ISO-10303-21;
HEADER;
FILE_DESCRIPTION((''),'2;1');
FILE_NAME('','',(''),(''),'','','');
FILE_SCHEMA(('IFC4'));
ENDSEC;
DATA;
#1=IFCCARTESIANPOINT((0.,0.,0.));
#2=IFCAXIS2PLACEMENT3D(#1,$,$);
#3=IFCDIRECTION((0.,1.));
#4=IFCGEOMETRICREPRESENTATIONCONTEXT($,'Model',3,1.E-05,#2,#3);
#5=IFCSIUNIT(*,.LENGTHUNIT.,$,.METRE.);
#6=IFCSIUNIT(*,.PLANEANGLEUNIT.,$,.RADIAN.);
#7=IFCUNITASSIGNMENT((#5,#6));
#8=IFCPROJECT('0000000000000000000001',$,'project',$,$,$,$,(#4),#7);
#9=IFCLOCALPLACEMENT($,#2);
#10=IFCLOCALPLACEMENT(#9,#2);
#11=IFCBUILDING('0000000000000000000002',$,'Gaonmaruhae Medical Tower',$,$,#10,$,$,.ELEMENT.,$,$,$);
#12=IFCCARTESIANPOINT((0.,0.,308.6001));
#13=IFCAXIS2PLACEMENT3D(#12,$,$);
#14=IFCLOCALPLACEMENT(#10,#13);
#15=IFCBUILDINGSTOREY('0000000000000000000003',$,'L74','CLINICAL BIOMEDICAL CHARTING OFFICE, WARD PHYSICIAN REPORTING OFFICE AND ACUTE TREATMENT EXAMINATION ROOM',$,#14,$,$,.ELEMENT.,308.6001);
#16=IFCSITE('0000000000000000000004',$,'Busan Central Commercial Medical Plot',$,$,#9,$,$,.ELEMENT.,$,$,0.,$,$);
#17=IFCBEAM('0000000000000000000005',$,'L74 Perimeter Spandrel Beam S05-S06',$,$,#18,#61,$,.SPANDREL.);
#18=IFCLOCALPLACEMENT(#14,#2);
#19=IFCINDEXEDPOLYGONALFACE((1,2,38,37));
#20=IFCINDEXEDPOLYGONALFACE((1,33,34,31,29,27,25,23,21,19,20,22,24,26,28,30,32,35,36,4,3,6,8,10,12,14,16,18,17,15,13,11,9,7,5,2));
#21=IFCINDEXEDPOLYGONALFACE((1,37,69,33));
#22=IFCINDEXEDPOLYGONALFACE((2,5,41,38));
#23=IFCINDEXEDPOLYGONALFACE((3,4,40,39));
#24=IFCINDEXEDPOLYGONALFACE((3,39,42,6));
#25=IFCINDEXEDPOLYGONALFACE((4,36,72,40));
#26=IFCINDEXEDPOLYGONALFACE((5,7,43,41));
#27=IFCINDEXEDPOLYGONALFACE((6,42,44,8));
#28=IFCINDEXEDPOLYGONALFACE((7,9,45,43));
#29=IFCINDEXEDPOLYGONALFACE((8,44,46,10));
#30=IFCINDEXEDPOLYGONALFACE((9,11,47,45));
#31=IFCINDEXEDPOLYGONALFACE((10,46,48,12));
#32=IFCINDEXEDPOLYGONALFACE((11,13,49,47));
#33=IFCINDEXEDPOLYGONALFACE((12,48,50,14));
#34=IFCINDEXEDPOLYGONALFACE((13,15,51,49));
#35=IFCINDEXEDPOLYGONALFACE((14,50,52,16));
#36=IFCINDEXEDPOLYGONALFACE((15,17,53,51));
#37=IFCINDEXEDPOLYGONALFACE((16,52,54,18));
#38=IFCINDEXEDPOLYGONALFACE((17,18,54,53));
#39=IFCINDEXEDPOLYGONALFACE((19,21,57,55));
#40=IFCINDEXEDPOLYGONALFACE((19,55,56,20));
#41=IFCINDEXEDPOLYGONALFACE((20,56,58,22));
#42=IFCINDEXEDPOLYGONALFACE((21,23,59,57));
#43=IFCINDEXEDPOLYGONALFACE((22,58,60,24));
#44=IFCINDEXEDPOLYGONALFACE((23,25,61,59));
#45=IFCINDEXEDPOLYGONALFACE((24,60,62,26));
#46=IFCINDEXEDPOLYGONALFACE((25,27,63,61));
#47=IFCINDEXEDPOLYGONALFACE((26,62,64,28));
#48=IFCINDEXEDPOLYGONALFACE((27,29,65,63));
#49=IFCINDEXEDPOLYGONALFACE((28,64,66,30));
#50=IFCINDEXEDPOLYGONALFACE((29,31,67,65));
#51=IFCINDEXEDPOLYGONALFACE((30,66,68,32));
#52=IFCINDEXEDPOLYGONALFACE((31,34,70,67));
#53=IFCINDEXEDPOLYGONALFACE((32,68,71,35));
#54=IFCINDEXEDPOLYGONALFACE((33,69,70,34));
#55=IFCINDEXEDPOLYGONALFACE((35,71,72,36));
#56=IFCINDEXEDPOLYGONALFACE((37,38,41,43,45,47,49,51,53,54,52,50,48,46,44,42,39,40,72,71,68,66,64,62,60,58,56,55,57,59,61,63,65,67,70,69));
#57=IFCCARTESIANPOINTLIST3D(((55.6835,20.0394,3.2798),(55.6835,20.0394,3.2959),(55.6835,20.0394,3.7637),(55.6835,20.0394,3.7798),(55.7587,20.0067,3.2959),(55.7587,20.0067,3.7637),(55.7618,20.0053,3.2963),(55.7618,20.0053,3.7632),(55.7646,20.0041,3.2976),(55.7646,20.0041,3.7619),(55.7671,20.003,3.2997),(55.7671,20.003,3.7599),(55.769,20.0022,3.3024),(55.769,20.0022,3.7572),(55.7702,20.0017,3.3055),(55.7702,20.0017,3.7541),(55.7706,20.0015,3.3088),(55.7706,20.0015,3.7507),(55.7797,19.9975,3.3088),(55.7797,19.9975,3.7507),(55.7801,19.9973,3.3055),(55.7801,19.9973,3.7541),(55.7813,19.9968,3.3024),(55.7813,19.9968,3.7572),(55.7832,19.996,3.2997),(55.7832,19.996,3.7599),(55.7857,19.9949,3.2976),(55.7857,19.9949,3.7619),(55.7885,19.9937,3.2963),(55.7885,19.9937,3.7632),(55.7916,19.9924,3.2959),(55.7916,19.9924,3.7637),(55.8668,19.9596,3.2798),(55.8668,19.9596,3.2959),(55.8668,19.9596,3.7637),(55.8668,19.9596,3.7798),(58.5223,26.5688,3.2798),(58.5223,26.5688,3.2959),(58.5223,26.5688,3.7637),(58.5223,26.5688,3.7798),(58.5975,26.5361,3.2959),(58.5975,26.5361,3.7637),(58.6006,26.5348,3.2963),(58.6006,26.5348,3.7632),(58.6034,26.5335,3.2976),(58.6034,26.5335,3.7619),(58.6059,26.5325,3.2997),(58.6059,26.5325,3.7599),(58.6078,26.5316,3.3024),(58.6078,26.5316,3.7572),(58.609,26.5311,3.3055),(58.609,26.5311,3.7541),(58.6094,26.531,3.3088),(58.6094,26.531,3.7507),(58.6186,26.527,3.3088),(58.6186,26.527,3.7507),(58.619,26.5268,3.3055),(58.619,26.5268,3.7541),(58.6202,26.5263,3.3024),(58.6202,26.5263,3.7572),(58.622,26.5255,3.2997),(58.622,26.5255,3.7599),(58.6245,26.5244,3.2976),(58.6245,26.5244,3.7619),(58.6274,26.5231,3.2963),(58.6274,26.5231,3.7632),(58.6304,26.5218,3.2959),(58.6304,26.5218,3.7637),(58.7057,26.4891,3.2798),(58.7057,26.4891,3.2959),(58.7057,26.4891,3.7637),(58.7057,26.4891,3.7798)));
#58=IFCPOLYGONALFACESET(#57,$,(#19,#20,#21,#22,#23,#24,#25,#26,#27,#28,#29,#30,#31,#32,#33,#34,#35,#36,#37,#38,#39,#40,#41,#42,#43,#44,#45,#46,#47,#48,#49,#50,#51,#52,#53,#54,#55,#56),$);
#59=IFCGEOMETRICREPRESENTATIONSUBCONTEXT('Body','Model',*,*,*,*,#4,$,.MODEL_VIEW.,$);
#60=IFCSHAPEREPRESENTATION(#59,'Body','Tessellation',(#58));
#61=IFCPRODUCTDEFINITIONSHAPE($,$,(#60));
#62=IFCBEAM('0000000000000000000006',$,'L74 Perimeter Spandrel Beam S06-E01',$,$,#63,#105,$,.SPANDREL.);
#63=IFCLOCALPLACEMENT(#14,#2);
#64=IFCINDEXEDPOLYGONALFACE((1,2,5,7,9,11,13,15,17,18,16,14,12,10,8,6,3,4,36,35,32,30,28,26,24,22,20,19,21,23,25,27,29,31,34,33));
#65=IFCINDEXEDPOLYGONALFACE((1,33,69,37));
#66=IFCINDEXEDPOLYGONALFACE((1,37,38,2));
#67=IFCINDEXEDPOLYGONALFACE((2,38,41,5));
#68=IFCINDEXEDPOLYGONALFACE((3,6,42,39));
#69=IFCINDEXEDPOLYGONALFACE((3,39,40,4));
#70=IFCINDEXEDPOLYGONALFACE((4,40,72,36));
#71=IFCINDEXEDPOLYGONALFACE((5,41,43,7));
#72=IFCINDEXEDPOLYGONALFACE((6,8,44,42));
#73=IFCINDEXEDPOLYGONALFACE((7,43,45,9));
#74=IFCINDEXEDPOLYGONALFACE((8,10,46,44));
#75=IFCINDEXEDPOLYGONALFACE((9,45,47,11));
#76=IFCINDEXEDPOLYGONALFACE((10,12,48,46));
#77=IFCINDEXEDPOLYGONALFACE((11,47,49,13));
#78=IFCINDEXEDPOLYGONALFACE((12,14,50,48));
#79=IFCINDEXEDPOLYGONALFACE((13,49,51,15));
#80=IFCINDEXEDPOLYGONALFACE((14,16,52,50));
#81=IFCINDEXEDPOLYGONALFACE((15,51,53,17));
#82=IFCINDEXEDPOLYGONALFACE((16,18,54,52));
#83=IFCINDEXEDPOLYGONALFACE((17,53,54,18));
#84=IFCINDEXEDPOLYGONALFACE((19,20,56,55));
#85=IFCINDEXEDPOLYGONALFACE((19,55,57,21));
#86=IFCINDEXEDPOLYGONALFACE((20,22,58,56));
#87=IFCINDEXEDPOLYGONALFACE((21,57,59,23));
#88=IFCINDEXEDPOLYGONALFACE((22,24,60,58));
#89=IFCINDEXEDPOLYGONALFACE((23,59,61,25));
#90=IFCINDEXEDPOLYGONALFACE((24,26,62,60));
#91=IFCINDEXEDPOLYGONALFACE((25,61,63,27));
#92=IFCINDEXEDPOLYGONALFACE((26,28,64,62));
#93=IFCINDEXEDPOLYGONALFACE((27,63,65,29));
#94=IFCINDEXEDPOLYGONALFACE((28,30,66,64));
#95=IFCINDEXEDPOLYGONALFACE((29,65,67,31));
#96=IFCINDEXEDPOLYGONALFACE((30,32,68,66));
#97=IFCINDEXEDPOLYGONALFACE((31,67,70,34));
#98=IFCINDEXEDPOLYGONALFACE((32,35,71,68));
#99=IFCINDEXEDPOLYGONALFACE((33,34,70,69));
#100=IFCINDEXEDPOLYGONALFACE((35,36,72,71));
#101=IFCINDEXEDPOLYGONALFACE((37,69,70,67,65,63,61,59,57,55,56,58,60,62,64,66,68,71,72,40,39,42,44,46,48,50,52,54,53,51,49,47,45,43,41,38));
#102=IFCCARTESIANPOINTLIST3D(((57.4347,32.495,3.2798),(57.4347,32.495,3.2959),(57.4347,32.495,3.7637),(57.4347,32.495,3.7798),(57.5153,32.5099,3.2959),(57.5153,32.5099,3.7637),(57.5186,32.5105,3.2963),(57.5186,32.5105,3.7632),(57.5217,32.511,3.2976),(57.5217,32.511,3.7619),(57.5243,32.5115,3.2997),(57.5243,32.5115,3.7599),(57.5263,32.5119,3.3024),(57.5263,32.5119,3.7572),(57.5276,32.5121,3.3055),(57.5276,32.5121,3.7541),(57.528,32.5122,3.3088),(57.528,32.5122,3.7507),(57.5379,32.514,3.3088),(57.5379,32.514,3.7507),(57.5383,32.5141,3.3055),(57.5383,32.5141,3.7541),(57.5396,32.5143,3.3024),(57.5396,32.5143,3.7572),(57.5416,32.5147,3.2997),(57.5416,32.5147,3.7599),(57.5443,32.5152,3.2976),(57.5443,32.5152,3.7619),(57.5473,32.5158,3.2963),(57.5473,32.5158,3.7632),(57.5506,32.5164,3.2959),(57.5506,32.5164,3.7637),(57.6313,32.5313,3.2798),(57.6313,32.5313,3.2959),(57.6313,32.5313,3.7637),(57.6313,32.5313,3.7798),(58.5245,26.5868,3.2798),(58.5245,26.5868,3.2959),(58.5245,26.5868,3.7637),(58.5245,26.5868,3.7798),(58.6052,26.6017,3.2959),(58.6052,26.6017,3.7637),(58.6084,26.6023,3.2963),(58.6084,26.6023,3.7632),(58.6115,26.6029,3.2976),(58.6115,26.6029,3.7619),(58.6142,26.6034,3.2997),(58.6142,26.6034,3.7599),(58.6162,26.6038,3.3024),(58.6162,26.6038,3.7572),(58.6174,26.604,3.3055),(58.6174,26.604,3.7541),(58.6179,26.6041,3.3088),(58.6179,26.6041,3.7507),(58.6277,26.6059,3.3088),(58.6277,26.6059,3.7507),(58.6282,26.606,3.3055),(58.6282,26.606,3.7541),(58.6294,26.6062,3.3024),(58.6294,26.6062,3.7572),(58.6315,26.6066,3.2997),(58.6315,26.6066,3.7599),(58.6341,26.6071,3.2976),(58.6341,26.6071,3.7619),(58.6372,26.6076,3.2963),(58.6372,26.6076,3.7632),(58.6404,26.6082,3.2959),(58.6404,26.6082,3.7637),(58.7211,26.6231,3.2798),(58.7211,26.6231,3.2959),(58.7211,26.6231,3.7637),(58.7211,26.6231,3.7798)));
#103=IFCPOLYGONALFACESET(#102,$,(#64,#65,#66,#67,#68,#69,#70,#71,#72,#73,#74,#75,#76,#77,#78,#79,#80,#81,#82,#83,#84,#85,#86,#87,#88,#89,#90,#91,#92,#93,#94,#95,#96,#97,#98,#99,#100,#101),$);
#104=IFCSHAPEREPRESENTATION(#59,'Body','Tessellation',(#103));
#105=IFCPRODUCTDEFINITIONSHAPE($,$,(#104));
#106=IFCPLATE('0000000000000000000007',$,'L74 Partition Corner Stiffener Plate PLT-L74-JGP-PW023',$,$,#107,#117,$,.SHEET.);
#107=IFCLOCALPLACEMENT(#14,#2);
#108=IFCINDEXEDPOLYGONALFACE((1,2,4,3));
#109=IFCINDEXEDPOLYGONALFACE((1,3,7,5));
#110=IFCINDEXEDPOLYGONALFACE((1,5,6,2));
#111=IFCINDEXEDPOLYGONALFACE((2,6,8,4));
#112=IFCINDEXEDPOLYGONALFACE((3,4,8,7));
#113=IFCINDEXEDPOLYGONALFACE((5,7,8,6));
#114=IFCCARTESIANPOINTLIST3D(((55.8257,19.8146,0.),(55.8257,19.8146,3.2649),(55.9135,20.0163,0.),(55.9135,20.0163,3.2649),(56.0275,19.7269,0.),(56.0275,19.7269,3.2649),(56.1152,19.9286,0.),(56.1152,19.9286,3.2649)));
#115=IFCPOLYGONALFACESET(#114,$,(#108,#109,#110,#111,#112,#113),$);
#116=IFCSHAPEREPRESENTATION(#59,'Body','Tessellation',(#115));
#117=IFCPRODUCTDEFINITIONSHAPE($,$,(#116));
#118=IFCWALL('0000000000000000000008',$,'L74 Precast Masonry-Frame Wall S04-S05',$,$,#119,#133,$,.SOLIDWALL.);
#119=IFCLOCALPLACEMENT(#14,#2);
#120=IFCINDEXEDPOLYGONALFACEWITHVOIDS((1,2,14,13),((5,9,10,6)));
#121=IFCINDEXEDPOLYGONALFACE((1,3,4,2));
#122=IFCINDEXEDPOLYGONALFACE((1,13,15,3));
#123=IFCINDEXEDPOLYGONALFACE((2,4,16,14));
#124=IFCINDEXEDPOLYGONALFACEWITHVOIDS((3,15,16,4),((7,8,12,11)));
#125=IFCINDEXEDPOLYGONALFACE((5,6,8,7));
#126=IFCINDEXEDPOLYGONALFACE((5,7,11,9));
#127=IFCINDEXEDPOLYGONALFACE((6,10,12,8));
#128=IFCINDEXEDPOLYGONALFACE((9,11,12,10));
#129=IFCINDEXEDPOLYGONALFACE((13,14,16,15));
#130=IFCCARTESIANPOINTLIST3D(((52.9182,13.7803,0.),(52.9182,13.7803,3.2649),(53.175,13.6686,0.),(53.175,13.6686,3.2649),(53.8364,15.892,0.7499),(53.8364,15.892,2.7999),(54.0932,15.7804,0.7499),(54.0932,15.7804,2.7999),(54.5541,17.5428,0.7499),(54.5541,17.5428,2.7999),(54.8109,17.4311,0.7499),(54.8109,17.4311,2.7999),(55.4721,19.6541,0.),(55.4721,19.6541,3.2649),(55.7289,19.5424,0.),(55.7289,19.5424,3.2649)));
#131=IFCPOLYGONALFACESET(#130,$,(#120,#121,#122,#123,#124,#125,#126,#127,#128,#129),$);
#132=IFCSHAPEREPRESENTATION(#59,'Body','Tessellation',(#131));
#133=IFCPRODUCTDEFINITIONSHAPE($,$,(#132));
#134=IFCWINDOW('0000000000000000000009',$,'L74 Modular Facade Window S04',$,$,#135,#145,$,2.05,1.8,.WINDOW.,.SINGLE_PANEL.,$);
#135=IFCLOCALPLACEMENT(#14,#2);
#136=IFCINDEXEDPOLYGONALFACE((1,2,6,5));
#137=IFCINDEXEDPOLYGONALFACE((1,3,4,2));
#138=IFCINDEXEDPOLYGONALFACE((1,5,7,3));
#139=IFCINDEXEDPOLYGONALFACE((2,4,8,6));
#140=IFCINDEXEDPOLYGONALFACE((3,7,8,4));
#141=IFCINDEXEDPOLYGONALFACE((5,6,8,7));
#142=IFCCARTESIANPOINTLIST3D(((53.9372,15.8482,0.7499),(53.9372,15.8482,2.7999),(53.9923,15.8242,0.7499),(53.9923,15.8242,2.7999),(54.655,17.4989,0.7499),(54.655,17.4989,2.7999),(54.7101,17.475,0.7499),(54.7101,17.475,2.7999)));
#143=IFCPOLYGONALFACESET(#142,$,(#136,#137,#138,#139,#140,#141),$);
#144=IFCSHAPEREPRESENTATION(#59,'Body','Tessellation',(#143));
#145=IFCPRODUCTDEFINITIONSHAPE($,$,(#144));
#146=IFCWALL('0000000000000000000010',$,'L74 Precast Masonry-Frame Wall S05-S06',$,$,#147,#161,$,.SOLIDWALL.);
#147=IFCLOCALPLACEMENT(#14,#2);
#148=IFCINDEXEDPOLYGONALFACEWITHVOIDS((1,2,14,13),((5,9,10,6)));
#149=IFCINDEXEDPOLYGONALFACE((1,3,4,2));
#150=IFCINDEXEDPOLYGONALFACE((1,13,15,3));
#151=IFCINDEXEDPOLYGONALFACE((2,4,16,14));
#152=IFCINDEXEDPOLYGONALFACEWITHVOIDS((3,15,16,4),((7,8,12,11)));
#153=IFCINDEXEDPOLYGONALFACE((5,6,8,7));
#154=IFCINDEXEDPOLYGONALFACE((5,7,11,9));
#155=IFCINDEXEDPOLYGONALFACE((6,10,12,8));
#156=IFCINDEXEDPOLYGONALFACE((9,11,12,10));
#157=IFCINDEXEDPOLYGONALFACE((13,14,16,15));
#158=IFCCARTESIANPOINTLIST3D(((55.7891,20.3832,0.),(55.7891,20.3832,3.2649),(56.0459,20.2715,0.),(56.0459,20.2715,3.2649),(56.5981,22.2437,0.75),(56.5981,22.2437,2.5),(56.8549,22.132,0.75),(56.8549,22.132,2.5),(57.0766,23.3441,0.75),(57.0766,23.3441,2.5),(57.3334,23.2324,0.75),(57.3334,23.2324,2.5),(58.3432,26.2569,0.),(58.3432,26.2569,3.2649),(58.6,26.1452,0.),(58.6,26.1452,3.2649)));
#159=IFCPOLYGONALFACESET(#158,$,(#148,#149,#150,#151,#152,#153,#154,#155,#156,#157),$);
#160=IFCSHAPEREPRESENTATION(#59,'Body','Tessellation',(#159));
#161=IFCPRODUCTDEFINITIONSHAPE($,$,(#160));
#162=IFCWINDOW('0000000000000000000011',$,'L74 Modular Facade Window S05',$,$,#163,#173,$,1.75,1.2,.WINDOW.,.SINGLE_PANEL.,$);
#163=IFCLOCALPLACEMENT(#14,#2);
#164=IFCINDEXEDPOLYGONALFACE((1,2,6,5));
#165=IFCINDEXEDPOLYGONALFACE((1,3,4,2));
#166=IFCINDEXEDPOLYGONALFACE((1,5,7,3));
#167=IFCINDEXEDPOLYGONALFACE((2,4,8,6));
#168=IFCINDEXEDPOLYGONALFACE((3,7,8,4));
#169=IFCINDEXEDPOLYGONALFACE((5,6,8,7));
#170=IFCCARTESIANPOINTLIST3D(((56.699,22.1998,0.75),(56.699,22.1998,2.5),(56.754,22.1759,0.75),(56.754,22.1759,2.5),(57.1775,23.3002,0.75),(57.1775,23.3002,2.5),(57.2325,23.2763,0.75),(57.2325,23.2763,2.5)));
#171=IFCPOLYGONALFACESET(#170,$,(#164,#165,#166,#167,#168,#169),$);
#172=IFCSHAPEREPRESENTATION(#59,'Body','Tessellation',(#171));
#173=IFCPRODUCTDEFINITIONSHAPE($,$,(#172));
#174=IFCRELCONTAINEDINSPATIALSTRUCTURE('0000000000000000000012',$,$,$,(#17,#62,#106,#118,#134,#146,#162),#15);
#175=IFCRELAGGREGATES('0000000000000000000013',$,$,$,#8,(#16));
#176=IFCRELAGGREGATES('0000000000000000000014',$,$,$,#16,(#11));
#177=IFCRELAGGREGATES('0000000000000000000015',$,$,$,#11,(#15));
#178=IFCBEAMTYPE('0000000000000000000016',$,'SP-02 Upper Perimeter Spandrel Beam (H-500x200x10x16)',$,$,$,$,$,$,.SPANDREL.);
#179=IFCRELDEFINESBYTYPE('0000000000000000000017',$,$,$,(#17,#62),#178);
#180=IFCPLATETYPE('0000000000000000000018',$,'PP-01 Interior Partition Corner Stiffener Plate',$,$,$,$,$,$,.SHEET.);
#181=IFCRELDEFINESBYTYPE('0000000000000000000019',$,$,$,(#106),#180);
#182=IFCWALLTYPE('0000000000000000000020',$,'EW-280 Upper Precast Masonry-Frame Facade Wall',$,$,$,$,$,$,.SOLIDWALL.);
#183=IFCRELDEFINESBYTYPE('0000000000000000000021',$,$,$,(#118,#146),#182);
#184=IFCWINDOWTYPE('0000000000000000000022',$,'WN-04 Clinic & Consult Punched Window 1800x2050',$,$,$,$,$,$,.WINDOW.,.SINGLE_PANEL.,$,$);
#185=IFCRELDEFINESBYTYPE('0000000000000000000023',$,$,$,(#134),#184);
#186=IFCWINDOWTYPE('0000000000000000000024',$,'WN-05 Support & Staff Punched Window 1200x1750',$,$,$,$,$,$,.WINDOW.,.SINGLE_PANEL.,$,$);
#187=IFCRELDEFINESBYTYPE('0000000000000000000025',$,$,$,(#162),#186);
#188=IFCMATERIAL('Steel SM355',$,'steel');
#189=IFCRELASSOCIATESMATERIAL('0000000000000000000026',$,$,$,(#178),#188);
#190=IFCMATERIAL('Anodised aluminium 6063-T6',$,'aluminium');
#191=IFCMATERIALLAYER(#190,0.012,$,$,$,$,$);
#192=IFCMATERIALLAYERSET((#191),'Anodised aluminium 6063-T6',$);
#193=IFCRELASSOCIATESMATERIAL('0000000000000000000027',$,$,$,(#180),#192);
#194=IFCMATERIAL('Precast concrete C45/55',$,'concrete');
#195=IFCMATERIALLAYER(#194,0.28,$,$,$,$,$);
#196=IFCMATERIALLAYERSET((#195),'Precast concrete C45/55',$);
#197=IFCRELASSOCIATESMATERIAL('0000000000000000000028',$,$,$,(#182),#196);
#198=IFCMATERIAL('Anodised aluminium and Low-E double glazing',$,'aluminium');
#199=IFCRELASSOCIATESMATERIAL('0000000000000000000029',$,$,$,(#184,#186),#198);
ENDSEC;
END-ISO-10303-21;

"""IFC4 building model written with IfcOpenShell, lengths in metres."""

from ifc_helpers import new_model, si_unit, direction, frame, frame_2d, origin, origin_2d, place, context, subcontext, project, spatial, rectangle, i_section, extrude, material, layer, layer_set, material_profile, profile_set, type_object, element, fill, save


model = new_model("IFC4")

# Units and contexts
model_context = context("Model", 3, precision=1e-05, world=origin(), true_north=direction((0.0, 1.0)))
body_context = subcontext(model_context, "Body", "Model", "MODEL_VIEW")
ifc_project = project(units=[si_unit("LENGTHUNIT", "METRE"), si_unit("PLANEANGLEUNIT", "RADIAN")], contexts=[model_context])

# Site, building, storey
site_placement = place(None, origin())
site = spatial("IfcSite", under=ifc_project, at=site_placement, Name="Busan Central Commercial Medical Plot", CompositionType="ELEMENT", RefElevation=0.0)
building_placement = place(site_placement, origin())
building = spatial("IfcBuilding", under=site, at=building_placement, Name="Gaonmaruhae Medical Tower", CompositionType="ELEMENT")
storey_placement = place(building_placement, frame((0.0, 0.0, 308.6001)))
storey = spatial("IfcBuildingStorey", under=building, at=storey_placement, Name="L74", Description="CLINICAL BIOMEDICAL CHARTING OFFICE, WARD PHYSICIAN REPORTING OFFICE AND ACUTE TREATMENT EXAMINATION ROOM", CompositionType="ELEMENT", Elevation=308.6001)

# Beams
ifc_material_1 = material(Name="Steel SM355", Category="steel")
ifc_material_profile_1 = material_profile(ifc_material_1, i_section(OverallWidth=0.2, OverallDepth=0.5, WebThickness=0.01, FlangeThickness=0.0161, FilletRadius=0.0129, at=origin_2d()), Name="H-500x200x10x16")
ifc_profile_set_1 = profile_set([ifc_material_profile_1], Name="Steel SM355")
beam_type_1 = type_object("IfcBeamType", Name="SP-02 Upper Perimeter Spandrel Beam (H-500x200x10x16)", PredefinedType="SPANDREL", material=ifc_profile_set_1)
beam_1_placement = place(storey_placement, frame((55.7751, 19.9995, 3.5298), z_axis=(0.398719, 0.917073, 0.0), x_axis=(-0.917073, 0.398719, 0.0)))
element("IfcBeam", 1, at=beam_1_placement, inside=storey, type_object=beam_type_1, Name="L74 Perimeter Spandrel Beam S05-S06", PredefinedType="SPANDREL", context=body_context, shape_type="SweptSolid", body=[
    extrude(i_section(OverallWidth=0.2, OverallDepth=0.5, WebThickness=0.01, FlangeThickness=0.0161, FilletRadius=0.0129, at=origin_2d()), origin(), (0.0, 0.0, 1.0), 7.1199),
])
beam_2_placement = place(storey_placement, frame((58.6228, 26.605, 3.5298), z_axis=(-0.181402, 0.983409, 0.0), x_axis=(-0.983409, -0.181402, 0.0)))
element("IfcBeam", 2, at=beam_2_placement, inside=storey, type_object=beam_type_1, Name="L74 Perimeter Spandrel Beam S06-E01", PredefinedType="SPANDREL", context=body_context, shape_type="SweptSolid", body=[
    extrude(i_section(OverallWidth=0.2, OverallDepth=0.5, WebThickness=0.01, FlangeThickness=0.0161, FilletRadius=0.0129, at=origin_2d()), origin(), (0.0, 0.0, 1.0), 6.0078),
])

# Plate
ifc_material_2 = material(Name="Anodised aluminium 6063-T6", Category="aluminium")
ifc_layer_1 = layer(ifc_material_2, 0.012)
ifc_layer_set_1 = layer_set([ifc_layer_1], Name="Anodised aluminium 6063-T6")
plate_type = type_object("IfcPlateType", Name="PP-01 Interior Partition Corner Stiffener Plate", PredefinedType="SHEET", material=ifc_layer_set_1)
plate_placement = place(storey_placement, frame((55.9705, 19.8716, 0.0), z_axis=(0.0, 0.0, 1.0), x_axis=(-0.398765, -0.917053, 0.0)))
element("IfcPlate", 3, at=plate_placement, inside=storey, type_object=plate_type, Name="L74 Partition Corner Stiffener Plate PLT-L74-JGP-PW023", PredefinedType="SHEET", context=body_context, shape_type="SweptSolid", body=[
    extrude(rectangle(XDim=0.22, YDim=0.22, at=origin_2d()), origin(), (0.0, 0.0, 1.0), 3.2649),
])

# Walls, openings, windows
ifc_material_3 = material(Name="Precast concrete C45/55", Category="concrete")
ifc_layer_2 = layer(ifc_material_3, 0.28)
ifc_layer_set_2 = layer_set([ifc_layer_2], Name="Precast concrete C45/55")
wall_type_1 = type_object("IfcWallType", Name="EW-280 Upper Precast Masonry-Frame Facade Wall", PredefinedType="SOLIDWALL", material=ifc_layer_set_2)
wall_1_placement = place(storey_placement, frame((55.6006, 19.5984, 0.0), z_axis=(0.0, 0.0, 1.0), x_axis=(-0.398744, -0.917062, 0.0)))
wall_1 = element("IfcWall", 4, at=wall_1_placement, inside=storey, type_object=wall_type_1, Name="L74 Precast Masonry-Frame Wall S04-S05", PredefinedType="SOLIDWALL", context=body_context, shape_type="SweptSolid", body=[
    extrude(rectangle(XDim=6.405, YDim=0.28, at=frame_2d((3.2026, 0.0))), origin(), (0.0, 0.0, 1.0), 3.2649),
])
opening_1_placement = place(wall_1_placement, frame((2.3025, 0.0, 0.75)))
opening_1 = element("IfcOpeningElement", 5, at=opening_1_placement, cuts=wall_1, PredefinedType="OPENING", context=body_context, shape_type="SweptSolid", body=[
    extrude(rectangle(XDim=1.8, YDim=2.05, at=frame_2d((0.8999, 1.0249))), frame((0.0, 0.1499, 0.0), z_axis=(0.0, -1.0, 0.0), x_axis=(1.0, 0.0, 0.0)), (0.0, 0.0, 1.0), 0.3),
])
ifc_material_4 = material(Name="Anodised aluminium and Low-E double glazing", Category="aluminium")
window_type_1 = type_object("IfcWindowType", Name="WN-04 Clinic & Consult Punched Window 1800x2050", PartitioningType="SINGLE_PANEL", PredefinedType="WINDOW", material=ifc_material_4)
window_1_placement = place(opening_1_placement, origin())
window_1 = element("IfcWindow", 6, at=window_1_placement, inside=storey, type_object=window_type_1, Name="L74 Modular Facade Window S04", OverallHeight=2.05, OverallWidth=1.8, PartitioningType="SINGLE_PANEL", PredefinedType="WINDOW", context=body_context, shape_type="SweptSolid", body=[
    extrude(rectangle(XDim=1.8, YDim=2.05, at=frame_2d((0.8999, 1.0249))), frame((0.0, 0.03, 0.0), z_axis=(0.0, -1.0, 0.0), x_axis=(1.0, 0.0, 0.0)), (0.0, 0.0, 1.0), 0.0601),
])
fill(opening_1, window_1)
wall_2_placement = place(storey_placement, frame((58.4717, 26.2012, 0.0), z_axis=(0.0, 0.0, 1.0), x_axis=(-0.398776, -0.917048, 0.0)))
wall_2 = element("IfcWall", 7, at=wall_2_placement, inside=storey, type_object=wall_type_1, Name="L74 Precast Masonry-Frame Wall S05-S06", PredefinedType="SOLIDWALL", context=body_context, shape_type="SweptSolid", body=[
    extrude(rectangle(XDim=6.405, YDim=0.28, at=frame_2d((3.2026, 0.0))), origin(), (0.0, 0.0, 1.0), 3.2649),
])
opening_2_placement = place(wall_2_placement, frame((3.1763, 0.0, 0.75)))
opening_2 = element("IfcOpeningElement", 8, at=opening_2_placement, cuts=wall_2, PredefinedType="OPENING", context=body_context, shape_type="SweptSolid", body=[
    extrude(rectangle(XDim=1.2, YDim=1.75, at=frame_2d((0.6001, 0.875))), frame((0.0, 0.1499, 0.0), z_axis=(0.0, -1.0, 0.0), x_axis=(1.0, 0.0, 0.0)), (0.0, 0.0, 1.0), 0.3),
])
window_type_2 = type_object("IfcWindowType", Name="WN-05 Support & Staff Punched Window 1200x1750", PartitioningType="SINGLE_PANEL", PredefinedType="WINDOW", material=ifc_material_4)
window_2_placement = place(opening_2_placement, origin())
window_2 = element("IfcWindow", 9, at=window_2_placement, inside=storey, type_object=window_type_2, Name="L74 Modular Facade Window S05", OverallHeight=1.75, OverallWidth=1.2, PartitioningType="SINGLE_PANEL", PredefinedType="WINDOW", context=body_context, shape_type="SweptSolid", body=[
    extrude(rectangle(XDim=1.2, YDim=1.75, at=frame_2d((0.6001, 0.875))), frame((0.0, 0.03, 0.0), z_axis=(0.0, -1.0, 0.0), x_axis=(1.0, 0.0, 0.0)), (0.0, 0.0, 1.0), 0.0601),
])
fill(opening_2, window_2)

save(model, "model.ifc")
